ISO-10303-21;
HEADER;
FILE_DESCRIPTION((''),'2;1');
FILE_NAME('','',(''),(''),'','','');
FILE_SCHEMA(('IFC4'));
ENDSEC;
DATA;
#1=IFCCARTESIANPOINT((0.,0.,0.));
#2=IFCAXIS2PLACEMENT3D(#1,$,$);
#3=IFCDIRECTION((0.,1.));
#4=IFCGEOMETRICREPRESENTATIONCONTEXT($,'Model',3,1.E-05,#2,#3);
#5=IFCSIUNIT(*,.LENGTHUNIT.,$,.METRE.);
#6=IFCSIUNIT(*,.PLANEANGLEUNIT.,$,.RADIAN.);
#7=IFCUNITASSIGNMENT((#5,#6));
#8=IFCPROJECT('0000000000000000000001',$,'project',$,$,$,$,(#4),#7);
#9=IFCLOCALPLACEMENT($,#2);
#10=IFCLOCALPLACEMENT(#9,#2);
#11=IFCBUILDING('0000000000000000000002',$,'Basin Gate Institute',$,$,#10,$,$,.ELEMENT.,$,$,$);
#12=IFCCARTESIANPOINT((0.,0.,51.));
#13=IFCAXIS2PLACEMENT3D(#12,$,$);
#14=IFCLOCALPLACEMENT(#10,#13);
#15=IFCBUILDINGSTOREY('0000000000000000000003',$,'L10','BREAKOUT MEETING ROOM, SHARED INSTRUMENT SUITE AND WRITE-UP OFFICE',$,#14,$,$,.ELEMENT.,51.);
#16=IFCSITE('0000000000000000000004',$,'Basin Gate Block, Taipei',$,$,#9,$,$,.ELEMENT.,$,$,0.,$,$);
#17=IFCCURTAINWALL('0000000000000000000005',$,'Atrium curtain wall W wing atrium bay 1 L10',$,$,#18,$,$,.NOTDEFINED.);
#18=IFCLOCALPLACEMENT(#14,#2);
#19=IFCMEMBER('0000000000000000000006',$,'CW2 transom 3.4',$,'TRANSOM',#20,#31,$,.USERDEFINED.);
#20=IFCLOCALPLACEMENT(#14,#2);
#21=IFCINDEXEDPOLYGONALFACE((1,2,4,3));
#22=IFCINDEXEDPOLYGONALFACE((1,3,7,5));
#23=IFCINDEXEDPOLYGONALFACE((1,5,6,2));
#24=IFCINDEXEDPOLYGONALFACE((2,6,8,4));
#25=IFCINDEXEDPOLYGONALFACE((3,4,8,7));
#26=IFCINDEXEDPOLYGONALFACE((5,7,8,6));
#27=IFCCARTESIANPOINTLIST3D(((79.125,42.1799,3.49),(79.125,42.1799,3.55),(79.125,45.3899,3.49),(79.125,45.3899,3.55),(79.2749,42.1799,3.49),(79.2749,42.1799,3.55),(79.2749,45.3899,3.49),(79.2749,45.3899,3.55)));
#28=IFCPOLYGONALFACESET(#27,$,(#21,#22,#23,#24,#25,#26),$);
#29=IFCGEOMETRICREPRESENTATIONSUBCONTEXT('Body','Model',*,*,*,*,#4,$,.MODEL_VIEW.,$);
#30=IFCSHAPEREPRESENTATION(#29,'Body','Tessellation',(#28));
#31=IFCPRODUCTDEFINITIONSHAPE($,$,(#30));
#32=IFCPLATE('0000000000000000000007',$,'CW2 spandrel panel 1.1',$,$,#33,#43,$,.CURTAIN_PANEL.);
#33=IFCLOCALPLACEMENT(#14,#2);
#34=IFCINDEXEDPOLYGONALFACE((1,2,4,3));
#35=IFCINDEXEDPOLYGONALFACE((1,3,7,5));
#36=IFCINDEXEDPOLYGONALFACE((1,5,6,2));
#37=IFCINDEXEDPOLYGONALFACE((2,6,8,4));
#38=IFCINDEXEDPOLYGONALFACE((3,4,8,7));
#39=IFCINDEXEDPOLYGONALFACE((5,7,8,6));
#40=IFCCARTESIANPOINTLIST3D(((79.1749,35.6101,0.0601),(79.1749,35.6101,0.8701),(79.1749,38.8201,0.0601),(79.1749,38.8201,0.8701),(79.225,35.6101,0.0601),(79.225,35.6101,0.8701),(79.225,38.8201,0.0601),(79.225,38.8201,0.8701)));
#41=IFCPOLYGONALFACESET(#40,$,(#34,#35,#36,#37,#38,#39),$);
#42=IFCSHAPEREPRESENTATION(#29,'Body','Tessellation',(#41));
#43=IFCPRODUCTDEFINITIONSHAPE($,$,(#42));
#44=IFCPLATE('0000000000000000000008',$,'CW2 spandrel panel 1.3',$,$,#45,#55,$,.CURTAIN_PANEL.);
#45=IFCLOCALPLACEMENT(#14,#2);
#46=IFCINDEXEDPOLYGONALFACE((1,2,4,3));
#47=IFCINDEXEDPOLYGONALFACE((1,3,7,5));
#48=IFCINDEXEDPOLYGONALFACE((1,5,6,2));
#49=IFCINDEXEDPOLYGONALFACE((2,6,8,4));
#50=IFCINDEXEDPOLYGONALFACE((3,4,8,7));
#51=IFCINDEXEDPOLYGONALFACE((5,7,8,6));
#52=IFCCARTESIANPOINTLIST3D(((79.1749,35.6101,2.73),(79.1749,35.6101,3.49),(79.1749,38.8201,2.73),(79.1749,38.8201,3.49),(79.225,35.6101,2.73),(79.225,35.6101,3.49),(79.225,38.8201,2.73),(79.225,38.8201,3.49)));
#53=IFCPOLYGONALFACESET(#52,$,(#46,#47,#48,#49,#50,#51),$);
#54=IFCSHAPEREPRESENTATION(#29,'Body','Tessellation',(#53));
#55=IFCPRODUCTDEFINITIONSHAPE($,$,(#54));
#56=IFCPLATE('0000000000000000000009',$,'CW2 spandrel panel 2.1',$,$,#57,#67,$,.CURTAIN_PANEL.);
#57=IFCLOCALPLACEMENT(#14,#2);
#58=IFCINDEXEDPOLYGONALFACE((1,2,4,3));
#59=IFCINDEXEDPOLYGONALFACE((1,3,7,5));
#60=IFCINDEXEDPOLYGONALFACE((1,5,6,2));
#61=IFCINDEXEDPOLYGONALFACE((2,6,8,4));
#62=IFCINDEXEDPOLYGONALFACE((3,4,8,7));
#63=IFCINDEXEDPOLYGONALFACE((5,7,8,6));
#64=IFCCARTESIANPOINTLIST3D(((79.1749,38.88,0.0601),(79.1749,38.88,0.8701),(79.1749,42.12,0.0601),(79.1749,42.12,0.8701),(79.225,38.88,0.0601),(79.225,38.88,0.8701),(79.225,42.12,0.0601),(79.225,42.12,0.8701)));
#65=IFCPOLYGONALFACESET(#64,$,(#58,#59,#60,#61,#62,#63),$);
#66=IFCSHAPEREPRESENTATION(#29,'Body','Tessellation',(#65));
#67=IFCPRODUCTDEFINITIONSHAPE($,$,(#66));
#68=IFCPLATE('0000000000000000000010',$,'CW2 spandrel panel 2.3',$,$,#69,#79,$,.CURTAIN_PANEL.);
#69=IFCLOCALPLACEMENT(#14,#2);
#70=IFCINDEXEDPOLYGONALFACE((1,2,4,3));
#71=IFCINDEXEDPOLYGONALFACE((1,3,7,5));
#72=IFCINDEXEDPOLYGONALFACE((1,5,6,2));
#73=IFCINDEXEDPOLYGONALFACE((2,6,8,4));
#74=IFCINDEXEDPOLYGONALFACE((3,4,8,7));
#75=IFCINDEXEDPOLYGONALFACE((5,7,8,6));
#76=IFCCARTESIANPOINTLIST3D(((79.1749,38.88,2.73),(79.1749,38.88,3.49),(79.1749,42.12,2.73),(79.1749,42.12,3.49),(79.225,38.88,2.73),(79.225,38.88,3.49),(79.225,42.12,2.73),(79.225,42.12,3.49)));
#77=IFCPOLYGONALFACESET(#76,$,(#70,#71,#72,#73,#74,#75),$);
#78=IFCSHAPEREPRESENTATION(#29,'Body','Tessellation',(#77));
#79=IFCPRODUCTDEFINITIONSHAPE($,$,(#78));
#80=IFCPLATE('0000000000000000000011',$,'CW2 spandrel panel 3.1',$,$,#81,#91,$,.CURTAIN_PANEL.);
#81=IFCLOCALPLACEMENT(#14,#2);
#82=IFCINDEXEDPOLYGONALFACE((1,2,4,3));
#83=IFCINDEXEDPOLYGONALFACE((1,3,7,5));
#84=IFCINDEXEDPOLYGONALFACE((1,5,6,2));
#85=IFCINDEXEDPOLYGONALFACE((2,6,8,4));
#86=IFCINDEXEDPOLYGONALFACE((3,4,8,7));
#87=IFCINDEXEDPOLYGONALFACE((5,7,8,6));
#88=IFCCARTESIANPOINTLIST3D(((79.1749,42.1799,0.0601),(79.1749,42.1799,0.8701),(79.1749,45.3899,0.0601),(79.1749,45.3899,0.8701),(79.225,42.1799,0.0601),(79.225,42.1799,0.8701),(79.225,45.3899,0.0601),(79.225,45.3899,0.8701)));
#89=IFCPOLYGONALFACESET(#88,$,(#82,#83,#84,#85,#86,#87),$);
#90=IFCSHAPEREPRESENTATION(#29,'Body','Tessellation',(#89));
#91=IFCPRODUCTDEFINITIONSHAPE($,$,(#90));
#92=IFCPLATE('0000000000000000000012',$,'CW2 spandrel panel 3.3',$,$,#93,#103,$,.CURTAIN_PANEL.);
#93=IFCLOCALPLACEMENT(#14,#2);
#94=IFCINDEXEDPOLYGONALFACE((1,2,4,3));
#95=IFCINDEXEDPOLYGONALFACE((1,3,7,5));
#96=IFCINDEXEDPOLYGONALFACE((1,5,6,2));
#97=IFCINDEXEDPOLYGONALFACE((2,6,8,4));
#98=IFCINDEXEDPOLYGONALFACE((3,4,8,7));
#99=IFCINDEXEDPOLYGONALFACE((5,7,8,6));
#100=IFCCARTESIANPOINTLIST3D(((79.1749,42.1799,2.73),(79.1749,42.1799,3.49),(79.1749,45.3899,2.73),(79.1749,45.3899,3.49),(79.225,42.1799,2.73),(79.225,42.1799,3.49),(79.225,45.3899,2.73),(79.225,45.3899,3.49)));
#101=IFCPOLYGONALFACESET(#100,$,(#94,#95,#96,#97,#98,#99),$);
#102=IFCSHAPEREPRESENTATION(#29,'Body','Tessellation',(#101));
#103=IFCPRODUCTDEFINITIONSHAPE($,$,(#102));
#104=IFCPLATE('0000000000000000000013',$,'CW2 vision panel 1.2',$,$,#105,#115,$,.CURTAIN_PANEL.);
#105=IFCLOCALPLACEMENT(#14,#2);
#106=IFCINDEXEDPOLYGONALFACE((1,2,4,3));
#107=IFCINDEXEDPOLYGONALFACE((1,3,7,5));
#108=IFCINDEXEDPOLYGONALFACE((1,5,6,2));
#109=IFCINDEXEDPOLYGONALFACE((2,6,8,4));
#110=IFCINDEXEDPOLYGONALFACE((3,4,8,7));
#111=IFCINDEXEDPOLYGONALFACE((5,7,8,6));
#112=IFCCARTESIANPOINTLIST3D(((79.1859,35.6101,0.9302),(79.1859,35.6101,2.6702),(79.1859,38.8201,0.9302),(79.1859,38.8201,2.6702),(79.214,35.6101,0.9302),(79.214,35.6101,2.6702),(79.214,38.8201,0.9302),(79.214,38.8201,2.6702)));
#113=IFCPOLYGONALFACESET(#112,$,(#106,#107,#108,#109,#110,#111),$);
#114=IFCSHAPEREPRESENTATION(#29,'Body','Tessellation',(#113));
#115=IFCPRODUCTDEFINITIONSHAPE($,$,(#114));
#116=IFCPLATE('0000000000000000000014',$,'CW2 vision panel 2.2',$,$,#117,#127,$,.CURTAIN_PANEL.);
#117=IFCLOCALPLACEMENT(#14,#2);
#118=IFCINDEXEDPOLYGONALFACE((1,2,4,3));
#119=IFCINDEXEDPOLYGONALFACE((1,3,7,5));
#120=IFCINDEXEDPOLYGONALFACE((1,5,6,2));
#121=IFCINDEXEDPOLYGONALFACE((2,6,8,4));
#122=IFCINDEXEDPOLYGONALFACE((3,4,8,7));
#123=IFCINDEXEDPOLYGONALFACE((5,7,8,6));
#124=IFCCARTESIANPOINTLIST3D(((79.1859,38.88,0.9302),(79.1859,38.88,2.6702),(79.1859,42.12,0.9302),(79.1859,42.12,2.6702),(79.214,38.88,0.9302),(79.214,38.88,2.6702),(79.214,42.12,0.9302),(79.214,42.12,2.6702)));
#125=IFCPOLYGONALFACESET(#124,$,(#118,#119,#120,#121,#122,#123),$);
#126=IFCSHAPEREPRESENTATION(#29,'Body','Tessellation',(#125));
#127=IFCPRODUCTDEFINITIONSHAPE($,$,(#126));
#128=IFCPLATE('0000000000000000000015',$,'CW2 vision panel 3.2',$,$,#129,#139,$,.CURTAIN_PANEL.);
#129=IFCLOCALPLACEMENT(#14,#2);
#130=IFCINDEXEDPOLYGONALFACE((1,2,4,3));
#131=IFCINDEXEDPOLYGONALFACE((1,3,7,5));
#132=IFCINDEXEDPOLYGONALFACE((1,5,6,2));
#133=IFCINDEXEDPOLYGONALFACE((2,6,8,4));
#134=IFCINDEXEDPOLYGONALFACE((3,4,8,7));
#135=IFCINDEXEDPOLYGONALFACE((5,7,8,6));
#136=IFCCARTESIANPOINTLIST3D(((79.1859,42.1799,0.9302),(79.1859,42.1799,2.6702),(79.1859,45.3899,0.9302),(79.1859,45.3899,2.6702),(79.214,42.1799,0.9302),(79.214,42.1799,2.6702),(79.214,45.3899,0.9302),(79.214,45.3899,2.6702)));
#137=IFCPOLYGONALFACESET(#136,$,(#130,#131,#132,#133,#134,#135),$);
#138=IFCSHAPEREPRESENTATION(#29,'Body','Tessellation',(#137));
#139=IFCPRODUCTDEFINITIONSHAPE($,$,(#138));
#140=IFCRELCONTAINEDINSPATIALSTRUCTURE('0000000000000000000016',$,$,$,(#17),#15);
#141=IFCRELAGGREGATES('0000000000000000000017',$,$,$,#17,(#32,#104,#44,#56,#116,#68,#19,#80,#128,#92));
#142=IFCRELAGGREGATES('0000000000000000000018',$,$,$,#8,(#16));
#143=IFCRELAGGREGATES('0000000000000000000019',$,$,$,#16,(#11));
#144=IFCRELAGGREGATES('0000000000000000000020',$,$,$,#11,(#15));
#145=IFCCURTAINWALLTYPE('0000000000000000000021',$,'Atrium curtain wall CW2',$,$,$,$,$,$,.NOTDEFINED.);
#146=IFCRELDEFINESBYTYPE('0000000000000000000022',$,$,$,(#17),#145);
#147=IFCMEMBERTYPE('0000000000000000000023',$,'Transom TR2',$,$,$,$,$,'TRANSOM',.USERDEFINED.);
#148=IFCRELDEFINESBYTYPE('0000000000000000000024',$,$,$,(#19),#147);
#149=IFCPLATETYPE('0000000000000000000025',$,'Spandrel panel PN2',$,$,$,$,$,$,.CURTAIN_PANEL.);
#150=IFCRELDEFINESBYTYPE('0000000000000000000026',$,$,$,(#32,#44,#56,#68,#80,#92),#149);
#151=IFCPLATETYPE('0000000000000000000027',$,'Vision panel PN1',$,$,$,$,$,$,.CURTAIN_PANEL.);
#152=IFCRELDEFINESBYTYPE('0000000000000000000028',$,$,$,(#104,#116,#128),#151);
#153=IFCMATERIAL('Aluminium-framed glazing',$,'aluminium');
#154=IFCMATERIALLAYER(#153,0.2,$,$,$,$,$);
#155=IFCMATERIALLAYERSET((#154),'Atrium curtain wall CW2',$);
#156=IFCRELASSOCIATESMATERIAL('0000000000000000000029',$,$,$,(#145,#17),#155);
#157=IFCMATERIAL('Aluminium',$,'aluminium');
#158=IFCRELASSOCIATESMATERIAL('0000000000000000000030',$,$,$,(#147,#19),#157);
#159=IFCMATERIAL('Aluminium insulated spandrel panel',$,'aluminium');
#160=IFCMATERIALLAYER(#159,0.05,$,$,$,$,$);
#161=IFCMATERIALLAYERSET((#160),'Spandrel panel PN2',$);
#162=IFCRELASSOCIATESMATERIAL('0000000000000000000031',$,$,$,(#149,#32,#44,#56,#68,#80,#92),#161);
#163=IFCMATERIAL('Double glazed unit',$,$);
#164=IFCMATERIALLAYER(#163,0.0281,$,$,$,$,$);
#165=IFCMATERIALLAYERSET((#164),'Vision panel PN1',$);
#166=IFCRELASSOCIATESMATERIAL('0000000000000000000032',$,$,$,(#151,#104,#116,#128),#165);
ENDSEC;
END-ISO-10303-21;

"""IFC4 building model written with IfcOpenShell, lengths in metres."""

from ifc_helpers import new_model, si_unit, direction, frame, origin, origin_2d, place, context, subcontext, project, spatial, rectangle, extrude, material, layer, layer_set, material_profile, profile_set, type_object, element, aggregate, save


model = new_model("IFC4")

# Units and contexts
model_context = context("Model", 3, precision=1e-05, world=origin(), true_north=direction((0.0, 1.0)))
body_context = subcontext(model_context, "Body", "Model", "MODEL_VIEW")
ifc_project = project(units=[si_unit("LENGTHUNIT", "METRE"), si_unit("PLANEANGLEUNIT", "RADIAN")], contexts=[model_context])

# Site, building, storey
site_placement = place(None, origin())
site = spatial("IfcSite", under=ifc_project, at=site_placement, Name="Basin Gate Block, Taipei", CompositionType="ELEMENT", RefElevation=0.0)
building_placement = place(site_placement, origin())
building = spatial("IfcBuilding", under=site, at=building_placement, Name="Basin Gate Institute", CompositionType="ELEMENT")
storey_placement = place(building_placement, frame((0.0, 0.0, 51.0)))
storey = spatial("IfcBuildingStorey", under=building, at=storey_placement, Name="L10", Description="BREAKOUT MEETING ROOM, SHARED INSTRUMENT SUITE AND WRITE-UP OFFICE", CompositionType="ELEMENT", Elevation=51.0)

# Curtain wall, member, plates
ifc_material_1 = material(Name="Aluminium-framed glazing", Category="aluminium")
ifc_layer_1 = layer(ifc_material_1, 0.2)
ifc_layer_set_1 = layer_set([ifc_layer_1], Name="Atrium curtain wall CW2")
curtain_wall_type = type_object("IfcCurtainWallType", Name="Atrium curtain wall CW2", PredefinedType="NOTDEFINED", material=ifc_layer_set_1)
curtain_wall_placement = place(storey_placement, origin())
curtain_wall = element("IfcCurtainWall", 1, at=curtain_wall_placement, inside=storey, type_object=curtain_wall_type, material=ifc_layer_set_1, Name="Atrium curtain wall W wing atrium bay 1 L10", PredefinedType="NOTDEFINED")
ifc_material_2 = material(Name="Aluminium", Category="aluminium")
ifc_material_profile_1 = material_profile(ifc_material_2, rectangle(XDim=0.1499, YDim=0.0601, at=origin_2d()), Name="Transom TR2 150 x 60")
ifc_profile_set_1 = profile_set([ifc_material_profile_1], Name="Aluminium")
member_type_1 = type_object("IfcMemberType", Name="Transom TR2", ElementType="TRANSOM", PredefinedType="USERDEFINED", material=ifc_profile_set_1)
member_1_placement = place(storey_placement, frame((79.2, 42.1799, 3.52), z_axis=(0.0, 1.0, 0.0), x_axis=(-1.0, 0.0, 0.0)))
member_1 = element("IfcMember", 2, at=member_1_placement, type_object=member_type_1, material=ifc_profile_set_1, Name="CW2 transom 3.4", ObjectType="TRANSOM", PredefinedType="USERDEFINED", context=body_context, shape_type="SweptSolid", body=[
    extrude(rectangle(XDim=0.1499, YDim=0.0601, at=origin_2d()), origin(), (0.0, 0.0, 1.0), 3.21),
])
ifc_material_3 = material(Name="Aluminium insulated spandrel panel", Category="aluminium")
ifc_layer_2 = layer(ifc_material_3, 0.05)
ifc_layer_set_2 = layer_set([ifc_layer_2], Name="Spandrel panel PN2")
plate_type_1 = type_object("IfcPlateType", Name="Spandrel panel PN2", PredefinedType="CURTAIN_PANEL", material=ifc_layer_set_2)
plate_1_placement = place(storey_placement, frame((79.2, 37.2151, 0.0601), z_axis=(0.0, 0.0, 1.0), x_axis=(0.0, 1.0, 0.0)))
plate_1 = element("IfcPlate", 3, at=plate_1_placement, type_object=plate_type_1, material=ifc_layer_set_2, Name="CW2 spandrel panel 1.1", PredefinedType="CURTAIN_PANEL", context=body_context, shape_type="SweptSolid", body=[
    extrude(rectangle(XDim=3.21, YDim=0.05, at=origin_2d()), origin(), (0.0, 0.0, 1.0), 0.8101),
])
plate_2_placement = place(storey_placement, frame((79.2, 37.2151, 2.73), z_axis=(0.0, 0.0, 1.0), x_axis=(0.0, 1.0, 0.0)))
plate_2 = element("IfcPlate", 4, at=plate_2_placement, type_object=plate_type_1, material=ifc_layer_set_2, Name="CW2 spandrel panel 1.3", PredefinedType="CURTAIN_PANEL", context=body_context, shape_type="SweptSolid", body=[
    extrude(rectangle(XDim=3.21, YDim=0.05, at=origin_2d()), origin(), (0.0, 0.0, 1.0), 0.76),
])
plate_3_placement = place(storey_placement, frame((79.2, 40.5, 0.0601), z_axis=(0.0, 0.0, 1.0), x_axis=(0.0, 1.0, 0.0)))
plate_3 = element("IfcPlate", 5, at=plate_3_placement, type_object=plate_type_1, material=ifc_layer_set_2, Name="CW2 spandrel panel 2.1", PredefinedType="CURTAIN_PANEL", context=body_context, shape_type="SweptSolid", body=[
    extrude(rectangle(XDim=3.24, YDim=0.05, at=origin_2d()), origin(), (0.0, 0.0, 1.0), 0.8101),
])
plate_4_placement = place(storey_placement, frame((79.2, 40.5, 2.73), z_axis=(0.0, 0.0, 1.0), x_axis=(0.0, 1.0, 0.0)))
plate_4 = element("IfcPlate", 6, at=plate_4_placement, type_object=plate_type_1, material=ifc_layer_set_2, Name="CW2 spandrel panel 2.3", PredefinedType="CURTAIN_PANEL", context=body_context, shape_type="SweptSolid", body=[
    extrude(rectangle(XDim=3.24, YDim=0.05, at=origin_2d()), origin(), (0.0, 0.0, 1.0), 0.76),
])
plate_5_placement = place(storey_placement, frame((79.2, 43.7849, 0.0601), z_axis=(0.0, 0.0, 1.0), x_axis=(0.0, 1.0, 0.0)))
plate_5 = element("IfcPlate", 7, at=plate_5_placement, type_object=plate_type_1, material=ifc_layer_set_2, Name="CW2 spandrel panel 3.1", PredefinedType="CURTAIN_PANEL", context=body_context, shape_type="SweptSolid", body=[
    extrude(rectangle(XDim=3.21, YDim=0.05, at=origin_2d()), origin(), (0.0, 0.0, 1.0), 0.8101),
])
plate_6_placement = place(storey_placement, frame((79.2, 43.7849, 2.73), z_axis=(0.0, 0.0, 1.0), x_axis=(0.0, 1.0, 0.0)))
plate_6 = element("IfcPlate", 8, at=plate_6_placement, type_object=plate_type_1, material=ifc_layer_set_2, Name="CW2 spandrel panel 3.3", PredefinedType="CURTAIN_PANEL", context=body_context, shape_type="SweptSolid", body=[
    extrude(rectangle(XDim=3.21, YDim=0.05, at=origin_2d()), origin(), (0.0, 0.0, 1.0), 0.76),
])
ifc_material_4 = material(Name="Double glazed unit")
ifc_layer_3 = layer(ifc_material_4, 0.0281)
ifc_layer_set_3 = layer_set([ifc_layer_3], Name="Vision panel PN1")
plate_type_2 = type_object("IfcPlateType", Name="Vision panel PN1", PredefinedType="CURTAIN_PANEL", material=ifc_layer_set_3)
plate_7_placement = place(storey_placement, frame((79.2, 37.2151, 0.9302), z_axis=(0.0, 0.0, 1.0), x_axis=(0.0, 1.0, 0.0)))
plate_7 = element("IfcPlate", 9, at=plate_7_placement, type_object=plate_type_2, material=ifc_layer_set_3, Name="CW2 vision panel 1.2", PredefinedType="CURTAIN_PANEL", context=body_context, shape_type="SweptSolid", body=[
    extrude(rectangle(XDim=3.21, YDim=0.0281, at=origin_2d()), origin(), (0.0, 0.0, 1.0), 1.74),
])
plate_8_placement = place(storey_placement, frame((79.2, 40.5, 0.9302), z_axis=(0.0, 0.0, 1.0), x_axis=(0.0, 1.0, 0.0)))
plate_8 = element("IfcPlate", 10, at=plate_8_placement, type_object=plate_type_2, material=ifc_layer_set_3, Name="CW2 vision panel 2.2", PredefinedType="CURTAIN_PANEL", context=body_context, shape_type="SweptSolid", body=[
    extrude(rectangle(XDim=3.24, YDim=0.0281, at=origin_2d()), origin(), (0.0, 0.0, 1.0), 1.74),
])
plate_9_placement = place(storey_placement, frame((79.2, 43.7849, 0.9302), z_axis=(0.0, 0.0, 1.0), x_axis=(0.0, 1.0, 0.0)))
plate_9 = element("IfcPlate", 11, at=plate_9_placement, type_object=plate_type_2, material=ifc_layer_set_3, Name="CW2 vision panel 3.2", PredefinedType="CURTAIN_PANEL", context=body_context, shape_type="SweptSolid", body=[
    extrude(rectangle(XDim=3.21, YDim=0.0281, at=origin_2d()), origin(), (0.0, 0.0, 1.0), 1.74),
])
aggregate(curtain_wall, [plate_1, plate_7, plate_2, plate_3, plate_8, plate_4, member_1, plate_5, plate_9, plate_6])

save(model, "model.ifc")
